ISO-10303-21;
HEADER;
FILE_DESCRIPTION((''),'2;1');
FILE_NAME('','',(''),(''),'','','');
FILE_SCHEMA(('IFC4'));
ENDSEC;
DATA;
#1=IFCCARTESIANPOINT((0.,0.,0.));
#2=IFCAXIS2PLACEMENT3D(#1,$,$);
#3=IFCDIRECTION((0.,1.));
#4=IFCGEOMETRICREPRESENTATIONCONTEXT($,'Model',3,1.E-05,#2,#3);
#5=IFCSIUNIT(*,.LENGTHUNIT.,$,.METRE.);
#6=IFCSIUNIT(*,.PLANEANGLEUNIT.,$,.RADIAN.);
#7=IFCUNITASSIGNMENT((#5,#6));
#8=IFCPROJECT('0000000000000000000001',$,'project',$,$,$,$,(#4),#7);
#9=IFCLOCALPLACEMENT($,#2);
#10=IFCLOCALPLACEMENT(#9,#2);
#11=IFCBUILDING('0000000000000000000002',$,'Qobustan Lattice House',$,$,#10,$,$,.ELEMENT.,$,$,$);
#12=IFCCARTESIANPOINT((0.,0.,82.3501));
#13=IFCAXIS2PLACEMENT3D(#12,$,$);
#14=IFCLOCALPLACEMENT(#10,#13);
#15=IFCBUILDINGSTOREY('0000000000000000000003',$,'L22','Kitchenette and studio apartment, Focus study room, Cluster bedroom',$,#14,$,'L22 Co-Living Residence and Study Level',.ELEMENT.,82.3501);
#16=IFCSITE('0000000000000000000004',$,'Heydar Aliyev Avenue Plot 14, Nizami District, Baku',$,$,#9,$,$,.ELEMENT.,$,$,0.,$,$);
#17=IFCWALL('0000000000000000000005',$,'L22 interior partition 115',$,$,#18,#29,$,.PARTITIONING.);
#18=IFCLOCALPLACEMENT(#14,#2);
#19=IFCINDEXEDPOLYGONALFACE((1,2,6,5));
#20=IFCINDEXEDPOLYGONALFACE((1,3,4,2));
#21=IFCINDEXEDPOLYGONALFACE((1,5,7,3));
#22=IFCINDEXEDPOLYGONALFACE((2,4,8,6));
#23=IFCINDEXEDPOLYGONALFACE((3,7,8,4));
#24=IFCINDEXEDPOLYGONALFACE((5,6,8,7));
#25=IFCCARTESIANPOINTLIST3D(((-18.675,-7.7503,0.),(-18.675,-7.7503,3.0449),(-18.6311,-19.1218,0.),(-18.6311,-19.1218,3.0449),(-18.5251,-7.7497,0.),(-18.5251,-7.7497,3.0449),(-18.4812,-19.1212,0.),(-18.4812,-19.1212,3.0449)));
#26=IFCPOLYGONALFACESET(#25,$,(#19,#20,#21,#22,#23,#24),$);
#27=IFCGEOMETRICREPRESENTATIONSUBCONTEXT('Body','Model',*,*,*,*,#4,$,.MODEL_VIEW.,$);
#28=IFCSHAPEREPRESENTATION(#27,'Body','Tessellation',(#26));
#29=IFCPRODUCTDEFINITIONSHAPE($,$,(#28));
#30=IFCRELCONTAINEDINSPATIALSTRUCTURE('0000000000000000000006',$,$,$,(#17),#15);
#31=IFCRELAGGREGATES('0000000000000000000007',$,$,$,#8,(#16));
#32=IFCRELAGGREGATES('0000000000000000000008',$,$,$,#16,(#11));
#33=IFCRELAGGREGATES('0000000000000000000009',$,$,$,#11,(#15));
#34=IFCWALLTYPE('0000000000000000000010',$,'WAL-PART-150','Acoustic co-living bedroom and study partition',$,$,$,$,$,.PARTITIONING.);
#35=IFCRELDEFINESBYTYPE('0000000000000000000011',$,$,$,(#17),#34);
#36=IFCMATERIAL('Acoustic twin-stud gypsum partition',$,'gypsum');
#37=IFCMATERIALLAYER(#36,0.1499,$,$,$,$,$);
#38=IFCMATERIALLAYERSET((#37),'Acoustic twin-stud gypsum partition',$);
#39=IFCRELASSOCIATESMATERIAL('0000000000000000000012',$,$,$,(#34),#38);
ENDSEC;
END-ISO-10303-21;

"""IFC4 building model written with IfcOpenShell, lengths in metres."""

from ifc_helpers import new_model, si_unit, direction, frame, frame_2d, origin, place, context, subcontext, project, spatial, rectangle, extrude, material, layer, layer_set, type_object, element, save


model = new_model("IFC4")

# Units and contexts
model_context = context("Model", 3, precision=1e-05, world=origin(), true_north=direction((0.0, 1.0)))
body_context = subcontext(model_context, "Body", "Model", "MODEL_VIEW")
ifc_project = project(units=[si_unit("LENGTHUNIT", "METRE"), si_unit("PLANEANGLEUNIT", "RADIAN")], contexts=[model_context])

# Site, building, storey
site_placement = place(None, origin())
site = spatial("IfcSite", under=ifc_project, at=site_placement, Name="Heydar Aliyev Avenue Plot 14, Nizami District, Baku", CompositionType="ELEMENT", RefElevation=0.0)
building_placement = place(site_placement, origin())
building = spatial("IfcBuilding", under=site, at=building_placement, Name="Qobustan Lattice House", CompositionType="ELEMENT")
storey_placement = place(building_placement, frame((0.0, 0.0, 82.3501)))
storey = spatial("IfcBuildingStorey", under=building, at=storey_placement, Name="L22", Description="Kitchenette and studio apartment, Focus study room, Cluster bedroom", LongName="L22 Co-Living Residence and Study Level", CompositionType="ELEMENT", Elevation=82.3501)

# Shared definitions
ifc_material_1 = material(Name="Acoustic twin-stud gypsum partition", Category="gypsum")
ifc_layer_1 = layer(ifc_material_1, 0.1499)
ifc_layer_set_1 = layer_set([ifc_layer_1], Name="Acoustic twin-stud gypsum partition")
wall_type_1 = type_object("IfcWallType", Name="WAL-PART-150", Description="Acoustic co-living bedroom and study partition", PredefinedType="PARTITIONING", material=ifc_layer_set_1)

# Wall
wall_1_placement = place(storey_placement, frame((-18.6001, -7.75, 0.0), z_axis=(0.0, 0.0, 1.0), x_axis=(0.003864, -0.999993, 0.0)))
element("IfcWall", 1, at=wall_1_placement, inside=storey, type_object=wall_type_1, Name="L22 interior partition 115", PredefinedType="PARTITIONING", context=body_context, shape_type="SweptSolid", body=[
    extrude(rectangle(XDim=11.3716, YDim=0.1499, at=frame_2d((5.6858, 0.0))), origin(), (0.0, 0.0, 1.0), 3.0449),
])

save(model, "model.ifc")
